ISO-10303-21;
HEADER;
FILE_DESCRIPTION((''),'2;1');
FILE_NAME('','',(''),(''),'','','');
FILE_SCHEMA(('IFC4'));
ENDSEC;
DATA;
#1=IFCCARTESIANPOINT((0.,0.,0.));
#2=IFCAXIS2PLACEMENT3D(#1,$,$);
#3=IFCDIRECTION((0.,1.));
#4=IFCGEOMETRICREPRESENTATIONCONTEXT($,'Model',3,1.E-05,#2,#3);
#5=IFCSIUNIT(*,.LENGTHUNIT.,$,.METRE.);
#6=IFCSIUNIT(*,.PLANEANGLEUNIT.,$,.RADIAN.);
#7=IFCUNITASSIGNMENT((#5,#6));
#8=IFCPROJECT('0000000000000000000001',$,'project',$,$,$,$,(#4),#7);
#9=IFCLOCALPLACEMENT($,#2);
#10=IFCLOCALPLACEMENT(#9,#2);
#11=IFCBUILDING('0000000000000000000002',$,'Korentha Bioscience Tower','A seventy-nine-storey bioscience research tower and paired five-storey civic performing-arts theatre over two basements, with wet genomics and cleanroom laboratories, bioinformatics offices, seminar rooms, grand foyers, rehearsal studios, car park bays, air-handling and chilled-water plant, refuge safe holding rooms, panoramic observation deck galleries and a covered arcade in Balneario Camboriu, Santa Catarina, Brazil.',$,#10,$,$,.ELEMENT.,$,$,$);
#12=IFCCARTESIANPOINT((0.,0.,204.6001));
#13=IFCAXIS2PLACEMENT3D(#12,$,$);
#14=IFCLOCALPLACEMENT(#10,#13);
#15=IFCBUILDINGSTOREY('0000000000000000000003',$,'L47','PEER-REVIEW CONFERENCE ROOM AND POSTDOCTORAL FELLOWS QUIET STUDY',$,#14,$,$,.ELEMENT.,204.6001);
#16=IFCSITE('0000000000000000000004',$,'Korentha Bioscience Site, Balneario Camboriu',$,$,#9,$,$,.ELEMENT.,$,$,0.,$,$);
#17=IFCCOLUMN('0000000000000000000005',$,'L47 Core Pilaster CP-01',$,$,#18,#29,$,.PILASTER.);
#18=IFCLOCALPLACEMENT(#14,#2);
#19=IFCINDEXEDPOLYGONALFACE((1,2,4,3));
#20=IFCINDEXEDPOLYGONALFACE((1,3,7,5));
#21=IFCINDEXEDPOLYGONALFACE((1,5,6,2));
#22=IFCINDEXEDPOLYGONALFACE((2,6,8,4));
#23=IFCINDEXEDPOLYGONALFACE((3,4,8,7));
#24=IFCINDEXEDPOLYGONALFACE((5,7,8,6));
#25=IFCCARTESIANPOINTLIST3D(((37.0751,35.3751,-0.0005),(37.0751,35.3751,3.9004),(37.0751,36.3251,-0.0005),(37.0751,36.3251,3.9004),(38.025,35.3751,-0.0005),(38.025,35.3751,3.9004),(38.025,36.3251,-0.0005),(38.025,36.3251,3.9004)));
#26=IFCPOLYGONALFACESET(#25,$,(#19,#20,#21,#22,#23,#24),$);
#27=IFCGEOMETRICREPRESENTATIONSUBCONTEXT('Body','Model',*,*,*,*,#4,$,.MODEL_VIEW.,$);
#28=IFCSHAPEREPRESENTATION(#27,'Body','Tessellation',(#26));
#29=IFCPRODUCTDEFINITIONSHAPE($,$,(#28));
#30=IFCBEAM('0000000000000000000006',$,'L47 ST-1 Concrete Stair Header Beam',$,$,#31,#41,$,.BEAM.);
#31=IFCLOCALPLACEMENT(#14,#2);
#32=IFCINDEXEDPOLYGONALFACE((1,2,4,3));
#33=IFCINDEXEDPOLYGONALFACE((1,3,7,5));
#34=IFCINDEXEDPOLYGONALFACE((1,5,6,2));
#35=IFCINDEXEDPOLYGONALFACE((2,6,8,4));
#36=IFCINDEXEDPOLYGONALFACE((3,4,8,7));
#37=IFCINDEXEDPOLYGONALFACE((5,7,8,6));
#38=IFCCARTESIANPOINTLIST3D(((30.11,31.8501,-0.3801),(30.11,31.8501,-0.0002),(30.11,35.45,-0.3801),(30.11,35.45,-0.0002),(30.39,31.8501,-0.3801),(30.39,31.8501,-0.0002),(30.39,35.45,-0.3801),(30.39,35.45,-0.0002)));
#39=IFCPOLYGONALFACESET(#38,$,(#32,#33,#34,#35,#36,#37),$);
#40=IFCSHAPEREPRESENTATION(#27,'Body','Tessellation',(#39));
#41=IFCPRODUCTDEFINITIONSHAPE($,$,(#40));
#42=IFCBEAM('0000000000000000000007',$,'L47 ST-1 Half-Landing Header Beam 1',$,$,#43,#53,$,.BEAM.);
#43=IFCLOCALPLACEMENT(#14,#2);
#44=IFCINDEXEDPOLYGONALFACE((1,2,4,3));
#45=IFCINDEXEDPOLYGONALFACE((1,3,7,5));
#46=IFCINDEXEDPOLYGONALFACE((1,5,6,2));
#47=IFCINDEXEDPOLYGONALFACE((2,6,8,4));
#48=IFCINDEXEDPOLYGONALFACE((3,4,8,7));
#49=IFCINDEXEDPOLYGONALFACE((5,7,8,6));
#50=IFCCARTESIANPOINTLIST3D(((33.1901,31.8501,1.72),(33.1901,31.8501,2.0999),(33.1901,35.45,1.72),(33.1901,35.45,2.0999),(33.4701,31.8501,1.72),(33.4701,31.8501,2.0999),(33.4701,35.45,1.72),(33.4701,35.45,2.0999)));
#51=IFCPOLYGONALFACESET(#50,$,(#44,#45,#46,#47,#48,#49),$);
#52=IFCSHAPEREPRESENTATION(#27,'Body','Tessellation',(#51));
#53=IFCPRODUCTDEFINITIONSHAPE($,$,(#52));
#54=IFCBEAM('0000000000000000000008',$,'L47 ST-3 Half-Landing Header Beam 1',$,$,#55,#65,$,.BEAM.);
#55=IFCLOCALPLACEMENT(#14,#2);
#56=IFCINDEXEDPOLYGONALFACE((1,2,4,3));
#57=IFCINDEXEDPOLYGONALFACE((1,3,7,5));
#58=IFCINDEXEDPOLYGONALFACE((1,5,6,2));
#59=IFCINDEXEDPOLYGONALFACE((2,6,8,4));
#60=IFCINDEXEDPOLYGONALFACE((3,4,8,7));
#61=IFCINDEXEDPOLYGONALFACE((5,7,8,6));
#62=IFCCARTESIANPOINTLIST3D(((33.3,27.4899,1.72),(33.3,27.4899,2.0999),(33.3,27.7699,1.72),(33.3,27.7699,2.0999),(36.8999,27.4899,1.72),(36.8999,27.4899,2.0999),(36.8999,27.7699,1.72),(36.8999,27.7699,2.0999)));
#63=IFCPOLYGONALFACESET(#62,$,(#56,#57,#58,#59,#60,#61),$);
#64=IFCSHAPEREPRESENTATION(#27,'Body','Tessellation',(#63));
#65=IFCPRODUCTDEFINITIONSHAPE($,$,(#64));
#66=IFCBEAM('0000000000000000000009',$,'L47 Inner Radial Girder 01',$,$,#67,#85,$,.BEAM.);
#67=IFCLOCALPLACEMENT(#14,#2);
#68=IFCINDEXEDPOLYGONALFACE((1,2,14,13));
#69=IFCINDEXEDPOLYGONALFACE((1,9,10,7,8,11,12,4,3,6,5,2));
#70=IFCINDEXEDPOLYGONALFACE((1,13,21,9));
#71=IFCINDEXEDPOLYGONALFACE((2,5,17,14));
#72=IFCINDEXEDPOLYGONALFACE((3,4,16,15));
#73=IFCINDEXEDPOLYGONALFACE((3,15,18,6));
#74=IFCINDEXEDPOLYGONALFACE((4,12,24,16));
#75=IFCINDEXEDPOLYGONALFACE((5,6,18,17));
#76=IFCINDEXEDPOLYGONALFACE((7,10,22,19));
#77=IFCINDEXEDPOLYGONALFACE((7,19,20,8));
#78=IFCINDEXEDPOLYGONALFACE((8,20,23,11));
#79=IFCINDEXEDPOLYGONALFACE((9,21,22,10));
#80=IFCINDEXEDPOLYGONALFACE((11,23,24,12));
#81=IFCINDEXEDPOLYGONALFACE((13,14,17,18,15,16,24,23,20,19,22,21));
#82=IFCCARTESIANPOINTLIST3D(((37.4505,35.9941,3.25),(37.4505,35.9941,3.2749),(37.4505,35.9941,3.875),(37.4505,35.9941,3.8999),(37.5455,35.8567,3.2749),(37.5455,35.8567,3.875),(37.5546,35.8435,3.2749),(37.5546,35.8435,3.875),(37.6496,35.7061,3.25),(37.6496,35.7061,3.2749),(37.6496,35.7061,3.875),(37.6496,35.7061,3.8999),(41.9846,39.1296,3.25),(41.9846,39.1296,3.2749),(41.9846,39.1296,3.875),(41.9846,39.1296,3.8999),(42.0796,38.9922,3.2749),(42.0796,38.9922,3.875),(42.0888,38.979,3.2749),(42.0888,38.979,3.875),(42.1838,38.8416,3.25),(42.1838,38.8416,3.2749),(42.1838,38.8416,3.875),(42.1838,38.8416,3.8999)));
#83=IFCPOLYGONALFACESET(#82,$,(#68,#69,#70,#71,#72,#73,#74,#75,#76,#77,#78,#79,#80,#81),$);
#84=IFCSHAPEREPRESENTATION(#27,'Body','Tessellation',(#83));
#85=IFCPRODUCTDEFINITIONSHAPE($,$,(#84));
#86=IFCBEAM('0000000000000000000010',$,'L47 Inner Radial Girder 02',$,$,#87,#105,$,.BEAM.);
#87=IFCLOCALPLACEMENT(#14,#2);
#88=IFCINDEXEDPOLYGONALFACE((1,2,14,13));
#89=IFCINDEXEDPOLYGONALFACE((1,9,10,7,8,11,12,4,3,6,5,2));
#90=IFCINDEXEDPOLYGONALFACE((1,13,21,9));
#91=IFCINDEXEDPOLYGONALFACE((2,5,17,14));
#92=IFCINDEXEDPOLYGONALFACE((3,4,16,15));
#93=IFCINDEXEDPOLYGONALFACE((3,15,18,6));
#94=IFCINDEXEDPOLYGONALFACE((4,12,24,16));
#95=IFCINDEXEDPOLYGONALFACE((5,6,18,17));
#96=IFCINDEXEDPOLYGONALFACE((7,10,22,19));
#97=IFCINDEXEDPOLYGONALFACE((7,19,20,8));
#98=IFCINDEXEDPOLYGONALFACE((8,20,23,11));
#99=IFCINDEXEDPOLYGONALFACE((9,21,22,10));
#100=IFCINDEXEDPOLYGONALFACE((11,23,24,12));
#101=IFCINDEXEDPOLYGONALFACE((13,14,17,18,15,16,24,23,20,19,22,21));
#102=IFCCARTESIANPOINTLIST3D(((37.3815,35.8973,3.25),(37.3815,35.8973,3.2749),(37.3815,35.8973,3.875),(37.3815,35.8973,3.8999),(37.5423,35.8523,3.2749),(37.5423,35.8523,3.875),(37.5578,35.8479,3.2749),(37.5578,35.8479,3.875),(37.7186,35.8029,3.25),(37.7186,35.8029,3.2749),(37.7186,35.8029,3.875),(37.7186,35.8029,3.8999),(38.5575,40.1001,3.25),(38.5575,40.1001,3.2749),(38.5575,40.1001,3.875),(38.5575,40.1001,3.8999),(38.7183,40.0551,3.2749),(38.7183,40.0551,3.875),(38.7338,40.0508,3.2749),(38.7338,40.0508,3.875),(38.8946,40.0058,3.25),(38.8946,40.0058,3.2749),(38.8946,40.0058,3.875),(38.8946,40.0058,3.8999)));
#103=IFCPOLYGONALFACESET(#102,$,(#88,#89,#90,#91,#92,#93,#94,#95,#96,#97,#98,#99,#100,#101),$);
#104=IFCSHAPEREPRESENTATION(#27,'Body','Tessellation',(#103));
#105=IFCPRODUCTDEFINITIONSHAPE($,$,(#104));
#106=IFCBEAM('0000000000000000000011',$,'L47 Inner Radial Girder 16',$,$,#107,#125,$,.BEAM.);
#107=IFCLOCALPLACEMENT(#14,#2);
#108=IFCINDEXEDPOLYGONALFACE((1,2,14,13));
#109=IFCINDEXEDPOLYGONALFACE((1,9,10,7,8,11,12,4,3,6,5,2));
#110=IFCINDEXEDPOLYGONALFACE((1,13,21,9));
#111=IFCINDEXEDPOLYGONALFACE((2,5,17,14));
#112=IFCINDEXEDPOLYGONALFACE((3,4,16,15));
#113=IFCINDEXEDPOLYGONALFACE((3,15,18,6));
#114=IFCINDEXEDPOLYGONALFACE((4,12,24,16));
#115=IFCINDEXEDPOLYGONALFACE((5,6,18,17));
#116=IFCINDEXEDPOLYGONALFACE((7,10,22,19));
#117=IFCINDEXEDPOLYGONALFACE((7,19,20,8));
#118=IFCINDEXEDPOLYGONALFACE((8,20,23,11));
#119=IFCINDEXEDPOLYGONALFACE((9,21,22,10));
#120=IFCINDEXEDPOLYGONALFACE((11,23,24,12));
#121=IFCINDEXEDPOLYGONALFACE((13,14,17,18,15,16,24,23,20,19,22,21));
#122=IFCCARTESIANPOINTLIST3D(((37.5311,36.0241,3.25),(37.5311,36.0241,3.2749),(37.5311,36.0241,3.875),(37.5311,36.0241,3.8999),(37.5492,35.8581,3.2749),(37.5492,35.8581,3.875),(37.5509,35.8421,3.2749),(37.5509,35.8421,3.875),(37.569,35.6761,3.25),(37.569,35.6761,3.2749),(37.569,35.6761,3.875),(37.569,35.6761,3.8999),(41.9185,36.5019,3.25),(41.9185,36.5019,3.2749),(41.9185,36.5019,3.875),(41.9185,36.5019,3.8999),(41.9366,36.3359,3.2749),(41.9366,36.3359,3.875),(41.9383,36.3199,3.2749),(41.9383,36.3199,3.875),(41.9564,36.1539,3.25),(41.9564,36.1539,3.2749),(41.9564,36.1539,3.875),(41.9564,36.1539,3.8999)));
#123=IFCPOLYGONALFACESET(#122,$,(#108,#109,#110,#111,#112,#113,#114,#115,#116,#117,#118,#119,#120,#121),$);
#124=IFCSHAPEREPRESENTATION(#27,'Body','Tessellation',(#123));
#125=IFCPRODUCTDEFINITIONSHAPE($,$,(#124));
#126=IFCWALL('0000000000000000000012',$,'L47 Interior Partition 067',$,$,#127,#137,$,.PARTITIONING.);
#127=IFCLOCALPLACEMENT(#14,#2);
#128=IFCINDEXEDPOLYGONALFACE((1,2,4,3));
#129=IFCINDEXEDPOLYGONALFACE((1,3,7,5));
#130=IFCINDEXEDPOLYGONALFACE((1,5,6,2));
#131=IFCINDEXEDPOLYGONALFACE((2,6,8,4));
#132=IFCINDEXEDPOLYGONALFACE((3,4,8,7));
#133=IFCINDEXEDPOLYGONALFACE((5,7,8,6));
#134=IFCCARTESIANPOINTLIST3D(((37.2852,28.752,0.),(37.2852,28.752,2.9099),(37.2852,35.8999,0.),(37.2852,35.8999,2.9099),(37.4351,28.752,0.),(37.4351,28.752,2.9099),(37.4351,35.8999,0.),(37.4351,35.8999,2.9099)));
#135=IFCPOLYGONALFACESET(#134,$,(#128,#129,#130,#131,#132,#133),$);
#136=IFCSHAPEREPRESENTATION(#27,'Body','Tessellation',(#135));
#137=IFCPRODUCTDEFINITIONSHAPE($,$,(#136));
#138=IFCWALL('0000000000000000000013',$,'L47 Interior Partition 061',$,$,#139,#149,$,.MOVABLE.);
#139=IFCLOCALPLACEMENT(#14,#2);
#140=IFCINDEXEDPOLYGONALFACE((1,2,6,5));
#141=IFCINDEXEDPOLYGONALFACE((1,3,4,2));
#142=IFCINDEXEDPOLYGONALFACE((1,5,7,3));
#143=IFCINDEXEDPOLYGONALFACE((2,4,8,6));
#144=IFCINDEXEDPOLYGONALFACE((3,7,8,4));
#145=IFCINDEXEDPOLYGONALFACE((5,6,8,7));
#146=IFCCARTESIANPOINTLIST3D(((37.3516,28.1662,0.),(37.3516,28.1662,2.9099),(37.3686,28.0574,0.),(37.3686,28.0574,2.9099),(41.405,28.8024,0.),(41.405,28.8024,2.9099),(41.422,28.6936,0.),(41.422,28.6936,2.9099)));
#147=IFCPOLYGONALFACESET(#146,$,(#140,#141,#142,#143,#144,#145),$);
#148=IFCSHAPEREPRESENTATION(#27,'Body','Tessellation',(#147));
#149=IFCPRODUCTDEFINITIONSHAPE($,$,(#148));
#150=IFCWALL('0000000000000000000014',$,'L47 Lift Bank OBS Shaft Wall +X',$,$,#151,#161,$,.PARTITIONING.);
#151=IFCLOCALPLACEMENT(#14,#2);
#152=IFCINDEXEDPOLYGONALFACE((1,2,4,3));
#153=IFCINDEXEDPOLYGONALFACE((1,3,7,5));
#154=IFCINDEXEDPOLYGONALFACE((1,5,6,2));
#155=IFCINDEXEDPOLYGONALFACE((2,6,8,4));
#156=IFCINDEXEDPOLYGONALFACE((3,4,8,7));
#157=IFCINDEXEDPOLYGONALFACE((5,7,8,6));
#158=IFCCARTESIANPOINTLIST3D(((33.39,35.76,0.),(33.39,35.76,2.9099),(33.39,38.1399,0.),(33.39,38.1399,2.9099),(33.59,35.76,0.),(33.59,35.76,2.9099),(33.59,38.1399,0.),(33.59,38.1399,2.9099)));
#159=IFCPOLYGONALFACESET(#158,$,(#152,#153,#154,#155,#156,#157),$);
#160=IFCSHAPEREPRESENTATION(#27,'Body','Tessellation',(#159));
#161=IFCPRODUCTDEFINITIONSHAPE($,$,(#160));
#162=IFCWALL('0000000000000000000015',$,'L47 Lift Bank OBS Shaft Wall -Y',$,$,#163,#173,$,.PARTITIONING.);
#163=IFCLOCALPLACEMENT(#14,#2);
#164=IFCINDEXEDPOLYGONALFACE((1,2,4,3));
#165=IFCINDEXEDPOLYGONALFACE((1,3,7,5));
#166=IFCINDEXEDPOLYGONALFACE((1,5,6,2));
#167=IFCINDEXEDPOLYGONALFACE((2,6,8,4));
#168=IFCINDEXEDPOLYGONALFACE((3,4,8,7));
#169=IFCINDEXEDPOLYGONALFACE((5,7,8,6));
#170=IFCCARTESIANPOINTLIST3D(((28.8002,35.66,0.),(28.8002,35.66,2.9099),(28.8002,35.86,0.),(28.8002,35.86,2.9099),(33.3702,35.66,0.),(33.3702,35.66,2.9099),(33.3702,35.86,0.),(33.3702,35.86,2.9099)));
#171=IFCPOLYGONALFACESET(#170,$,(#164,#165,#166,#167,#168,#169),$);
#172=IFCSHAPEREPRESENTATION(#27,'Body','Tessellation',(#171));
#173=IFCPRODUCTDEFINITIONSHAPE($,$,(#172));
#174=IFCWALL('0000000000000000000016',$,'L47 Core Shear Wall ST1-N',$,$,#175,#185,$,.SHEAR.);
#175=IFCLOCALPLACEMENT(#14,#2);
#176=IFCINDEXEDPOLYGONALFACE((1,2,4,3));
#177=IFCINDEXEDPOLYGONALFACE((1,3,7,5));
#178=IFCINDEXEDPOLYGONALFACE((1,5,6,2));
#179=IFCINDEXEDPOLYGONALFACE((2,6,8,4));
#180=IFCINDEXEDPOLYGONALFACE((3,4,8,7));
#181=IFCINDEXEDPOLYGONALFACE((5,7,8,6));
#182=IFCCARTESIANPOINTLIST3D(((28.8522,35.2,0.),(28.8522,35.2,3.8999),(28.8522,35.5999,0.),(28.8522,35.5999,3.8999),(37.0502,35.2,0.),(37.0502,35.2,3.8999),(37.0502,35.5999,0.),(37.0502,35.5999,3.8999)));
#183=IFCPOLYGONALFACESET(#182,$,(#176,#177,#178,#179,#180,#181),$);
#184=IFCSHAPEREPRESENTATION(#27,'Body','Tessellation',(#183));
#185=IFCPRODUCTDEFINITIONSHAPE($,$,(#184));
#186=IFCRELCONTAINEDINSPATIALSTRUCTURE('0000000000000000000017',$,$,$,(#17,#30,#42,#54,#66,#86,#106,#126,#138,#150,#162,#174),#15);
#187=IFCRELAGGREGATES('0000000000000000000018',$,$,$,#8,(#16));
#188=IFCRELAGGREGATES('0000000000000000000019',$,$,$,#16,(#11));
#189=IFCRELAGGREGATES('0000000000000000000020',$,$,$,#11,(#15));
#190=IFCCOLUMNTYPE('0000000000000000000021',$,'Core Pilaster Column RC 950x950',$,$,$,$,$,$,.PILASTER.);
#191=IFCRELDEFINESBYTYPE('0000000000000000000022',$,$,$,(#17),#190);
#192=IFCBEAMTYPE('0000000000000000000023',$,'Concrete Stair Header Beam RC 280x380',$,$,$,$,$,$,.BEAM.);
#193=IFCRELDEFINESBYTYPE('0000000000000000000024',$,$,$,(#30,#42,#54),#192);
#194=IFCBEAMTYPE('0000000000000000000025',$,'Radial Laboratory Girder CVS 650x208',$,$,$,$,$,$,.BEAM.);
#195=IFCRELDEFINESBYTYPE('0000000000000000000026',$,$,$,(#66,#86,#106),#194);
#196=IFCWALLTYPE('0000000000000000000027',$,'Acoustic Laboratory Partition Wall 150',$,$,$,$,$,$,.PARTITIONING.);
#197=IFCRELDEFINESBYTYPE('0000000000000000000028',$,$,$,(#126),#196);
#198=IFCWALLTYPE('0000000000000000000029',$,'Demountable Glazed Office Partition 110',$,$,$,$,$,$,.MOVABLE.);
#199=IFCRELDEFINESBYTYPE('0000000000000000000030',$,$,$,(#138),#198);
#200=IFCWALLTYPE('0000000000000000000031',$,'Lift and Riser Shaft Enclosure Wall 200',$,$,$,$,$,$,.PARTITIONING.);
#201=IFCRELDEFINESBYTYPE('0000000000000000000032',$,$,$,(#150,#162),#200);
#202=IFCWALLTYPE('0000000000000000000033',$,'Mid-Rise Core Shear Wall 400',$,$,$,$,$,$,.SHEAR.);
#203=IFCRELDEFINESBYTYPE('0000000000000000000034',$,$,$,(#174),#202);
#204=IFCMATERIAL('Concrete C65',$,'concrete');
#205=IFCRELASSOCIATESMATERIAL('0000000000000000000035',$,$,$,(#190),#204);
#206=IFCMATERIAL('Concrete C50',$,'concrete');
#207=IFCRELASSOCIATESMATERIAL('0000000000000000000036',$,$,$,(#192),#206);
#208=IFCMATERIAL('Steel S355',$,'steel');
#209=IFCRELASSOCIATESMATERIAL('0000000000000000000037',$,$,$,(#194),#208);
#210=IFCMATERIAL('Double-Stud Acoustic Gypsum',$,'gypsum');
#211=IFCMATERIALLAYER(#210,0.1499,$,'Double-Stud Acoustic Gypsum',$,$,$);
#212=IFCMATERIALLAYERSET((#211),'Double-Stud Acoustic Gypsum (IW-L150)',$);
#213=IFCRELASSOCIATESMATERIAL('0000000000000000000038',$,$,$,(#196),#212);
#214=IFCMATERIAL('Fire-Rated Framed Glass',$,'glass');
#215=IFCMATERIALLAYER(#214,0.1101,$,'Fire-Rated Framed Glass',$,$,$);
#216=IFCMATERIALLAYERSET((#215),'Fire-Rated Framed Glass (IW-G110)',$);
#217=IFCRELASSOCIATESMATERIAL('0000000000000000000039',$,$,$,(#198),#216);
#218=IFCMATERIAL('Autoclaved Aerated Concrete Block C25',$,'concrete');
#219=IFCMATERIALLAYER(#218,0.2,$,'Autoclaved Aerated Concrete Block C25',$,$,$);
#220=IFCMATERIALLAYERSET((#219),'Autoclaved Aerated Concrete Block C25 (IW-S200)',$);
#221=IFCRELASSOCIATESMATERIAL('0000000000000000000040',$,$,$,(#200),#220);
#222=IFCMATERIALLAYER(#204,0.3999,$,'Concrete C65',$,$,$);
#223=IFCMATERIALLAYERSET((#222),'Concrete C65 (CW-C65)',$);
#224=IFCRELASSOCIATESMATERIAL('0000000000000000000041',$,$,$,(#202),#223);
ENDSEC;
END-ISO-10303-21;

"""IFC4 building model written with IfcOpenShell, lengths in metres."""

from ifc_helpers import new_model, si_unit, direction, frame, frame_2d, origin, origin_2d, place, context, subcontext, project, spatial, rectangle, i_section, extrude, material, layer, layer_set, material_profile, profile_set, type_object, element, save


model = new_model("IFC4")

# Units and contexts
model_context = context("Model", 3, precision=1e-05, world=origin(), true_north=direction((0.0, 1.0)))
body_context = subcontext(model_context, "Body", "Model", "MODEL_VIEW")
ifc_project = project(units=[si_unit("LENGTHUNIT", "METRE"), si_unit("PLANEANGLEUNIT", "RADIAN")], contexts=[model_context])

# Site, building, storey
site_placement = place(None, origin())
site = spatial("IfcSite", under=ifc_project, at=site_placement, Name="Korentha Bioscience Site, Balneario Camboriu", CompositionType="ELEMENT", RefElevation=0.0)
building_placement = place(site_placement, origin())
building = spatial("IfcBuilding", under=site, at=building_placement, Name="Korentha Bioscience Tower", Description="A seventy-nine-storey bioscience research tower and paired five-storey civic performing-arts theatre over two basements, with wet genomics and cleanroom laboratories, bioinformatics offices, seminar rooms, grand foyers, rehearsal studios, car park bays, air-handling and chilled-water plant, refuge safe holding rooms, panoramic observation deck galleries and a covered arcade in Balneario Camboriu, Santa Catarina, Brazil.", CompositionType="ELEMENT")
storey_placement = place(building_placement, frame((0.0, 0.0, 204.6001)))
storey = spatial("IfcBuildingStorey", under=building, at=storey_placement, Name="L47", Description="PEER-REVIEW CONFERENCE ROOM AND POSTDOCTORAL FELLOWS QUIET STUDY", CompositionType="ELEMENT", Elevation=204.6001)

# Column
ifc_material_1 = material(Name="Concrete C65", Category="concrete")
ifc_material_profile_1 = material_profile(ifc_material_1, rectangle(XDim=0.95, YDim=0.95, at=origin_2d()), Name="Concrete C65")
ifc_profile_set_1 = profile_set([ifc_material_profile_1], Name="Concrete C65 (COL-CP09)")
column_type = type_object("IfcColumnType", Name="Core Pilaster Column RC 950x950", PredefinedType="PILASTER", material=ifc_profile_set_1)
column_placement = place(storey_placement, frame((37.55, 35.8501, -0.0005), z_axis=(0.0, 0.0, 1.0), x_axis=(1.0, 0.0, 0.0)))
element("IfcColumn", 1, at=column_placement, inside=storey, type_object=column_type, Name="L47 Core Pilaster CP-01", PredefinedType="PILASTER", context=body_context, shape_type="SweptSolid", body=[
    extrude(rectangle(XDim=0.95, YDim=0.95, at=origin_2d()), origin(), (0.0, 0.0, 1.0), 3.9009),
])

# Beams
ifc_material_2 = material(Name="Concrete C50", Category="concrete")
ifc_material_profile_2 = material_profile(ifc_material_2, rectangle(XDim=0.28, YDim=0.3799, at=origin_2d()), Name="Concrete C50")
ifc_profile_set_2 = profile_set([ifc_material_profile_2], Name="Concrete C50 (ST-HB380)")
beam_type_1 = type_object("IfcBeamType", Name="Concrete Stair Header Beam RC 280x380", PredefinedType="BEAM", material=ifc_profile_set_2)
for number, where, z_axis, x_axis, name in (
    (2, (30.25, 31.8501, -0.1902), (0.0, 1.0, 0.0), (-1.0, 0.0, 0.0), "L47 ST-1 Concrete Stair Header Beam"),
    (3, (33.3301, 31.8501, 1.9099), (0.0, 1.0, 0.0), (-1.0, 0.0, 0.0), "L47 ST-1 Half-Landing Header Beam 1"),
    (4, (36.8999, 27.6299, 1.9099), (-1.0, 0.0, 0.0), (0.0, -1.0, 0.0), "L47 ST-3 Half-Landing Header Beam 1"),
):
    element("IfcBeam", number, at=place(storey_placement, frame(where, z_axis=z_axis, x_axis=x_axis)), inside=storey, type_object=beam_type_1, Name=name, PredefinedType="BEAM", context=body_context, shape_type="SweptSolid", body=[
        extrude(rectangle(XDim=0.28, YDim=0.3799, at=origin_2d()), origin(), (0.0, 0.0, 1.0), 3.5999),
    ])
ifc_material_3 = material(Name="Steel S355", Category="steel")
ifc_material_profile_3 = material_profile(ifc_material_3, i_section(OverallWidth=0.3501, OverallDepth=0.6499, WebThickness=0.0161, FlangeThickness=0.0249, at=origin_2d()), Name="Steel S355")
ifc_profile_set_3 = profile_set([ifc_material_profile_3], Name="Steel S355 (RB-650)")
beam_type_2 = type_object("IfcBeamType", Name="Radial Laboratory Girder CVS 650x208", PredefinedType="BEAM", material=ifc_profile_set_3)
beam_1_placement = place(storey_placement, frame((37.55, 35.8501, 3.575), z_axis=(0.822493, 0.568775, 0.0), x_axis=(-0.568775, 0.822493, 0.0)))
element("IfcBeam", 5, at=beam_1_placement, inside=storey, type_object=beam_type_2, Name="L47 Inner Radial Girder 01", PredefinedType="BEAM", context=body_context, shape_type="SweptSolid", body=[
    extrude(i_section(OverallWidth=0.3501, OverallDepth=0.6499, WebThickness=0.0161, FlangeThickness=0.0249, at=origin_2d()), origin(), (0.0, 0.0, 1.0), 5.5127),
])
beam_2_placement = place(storey_placement, frame((37.55, 35.8501, 3.575), z_axis=(0.269464, 0.96301, 0.0), x_axis=(-0.96301, 0.269464, 0.0)))
element("IfcBeam", 6, at=beam_2_placement, inside=storey, type_object=beam_type_2, Name="L47 Inner Radial Girder 02", PredefinedType="BEAM", context=body_context, shape_type="SweptSolid", body=[
    extrude(i_section(OverallWidth=0.3501, OverallDepth=0.6499, WebThickness=0.0161, FlangeThickness=0.0249, at=origin_2d()), origin(), (0.0, 0.0, 1.0), 4.3643),
])
beam_3_placement = place(storey_placement, frame((37.55, 35.8501, 3.575), z_axis=(0.994123, 0.108258, 0.0), x_axis=(-0.108258, 0.994123, 0.0)))
element("IfcBeam", 7, at=beam_3_placement, inside=storey, type_object=beam_type_2, Name="L47 Inner Radial Girder 16", PredefinedType="BEAM", context=body_context, shape_type="SweptSolid", body=[
    extrude(i_section(OverallWidth=0.3501, OverallDepth=0.6499, WebThickness=0.0161, FlangeThickness=0.0249, at=origin_2d()), origin(), (0.0, 0.0, 1.0), 4.4133),
])

# Walls
ifc_material_4 = material(Name="Double-Stud Acoustic Gypsum", Category="gypsum")
ifc_layer_1 = layer(ifc_material_4, 0.1499, Name="Double-Stud Acoustic Gypsum")
ifc_layer_set_1 = layer_set([ifc_layer_1], Name="Double-Stud Acoustic Gypsum (IW-L150)")
wall_type_1 = type_object("IfcWallType", Name="Acoustic Laboratory Partition Wall 150", PredefinedType="PARTITIONING", material=ifc_layer_set_1)
wall_1_placement = place(storey_placement, frame((37.3601, 28.752, 0.0), z_axis=(0.0, 0.0, 1.0), x_axis=(0.0, 1.0, 0.0)))
element("IfcWall", 8, at=wall_1_placement, inside=storey, type_object=wall_type_1, Name="L47 Interior Partition 067", PredefinedType="PARTITIONING", context=body_context, shape_type="SweptSolid", body=[
    extrude(rectangle(XDim=7.1479, YDim=0.1499, at=frame_2d((3.574, 0.0))), origin(), (0.0, 0.0, 1.0), 2.9099),
])
ifc_material_5 = material(Name="Fire-Rated Framed Glass", Category="glass")
ifc_layer_2 = layer(ifc_material_5, 0.1101, Name="Fire-Rated Framed Glass")
ifc_layer_set_2 = layer_set([ifc_layer_2], Name="Fire-Rated Framed Glass (IW-G110)")
wall_type_2 = type_object("IfcWallType", Name="Demountable Glazed Office Partition 110", PredefinedType="MOVABLE", material=ifc_layer_set_2)
wall_2_placement = place(storey_placement, frame((37.3601, 28.1118, 0.0), z_axis=(0.0, 0.0, 1.0), x_axis=(0.987905, 0.155061, 0.0)))
element("IfcWall", 9, at=wall_2_placement, inside=storey, type_object=wall_type_2, Name="L47 Interior Partition 061", PredefinedType="MOVABLE", context=body_context, shape_type="SweptSolid", body=[
    extrude(rectangle(XDim=4.103, YDim=0.1101, at=frame_2d((2.0515, 0.0))), origin(), (0.0, 0.0, 1.0), 2.9099),
])
ifc_material_6 = material(Name="Autoclaved Aerated Concrete Block C25", Category="concrete")
ifc_layer_3 = layer(ifc_material_6, 0.2, Name="Autoclaved Aerated Concrete Block C25")
ifc_layer_set_3 = layer_set([ifc_layer_3], Name="Autoclaved Aerated Concrete Block C25 (IW-S200)")
wall_type_3 = type_object("IfcWallType", Name="Lift and Riser Shaft Enclosure Wall 200", PredefinedType="PARTITIONING", material=ifc_layer_set_3)
wall_3_placement = place(storey_placement, frame((33.49, 35.76, 0.0), z_axis=(0.0, 0.0, 1.0), x_axis=(0.0, 1.0, 0.0)))
element("IfcWall", 10, at=wall_3_placement, inside=storey, type_object=wall_type_3, Name="L47 Lift Bank OBS Shaft Wall +X", PredefinedType="PARTITIONING", context=body_context, shape_type="SweptSolid", body=[
    extrude(rectangle(XDim=2.3799, YDim=0.2, at=frame_2d((1.1899, 0.0))), origin(), (0.0, 0.0, 1.0), 2.9099),
])
wall_4_placement = place(storey_placement, frame((28.8, 35.76, 0.0), z_axis=(0.0, 0.0, 1.0), x_axis=(1.0, 0.0, 0.0)))
element("IfcWall", 11, at=wall_4_placement, inside=storey, type_object=wall_type_3, Name="L47 Lift Bank OBS Shaft Wall -Y", PredefinedType="PARTITIONING", context=body_context, shape_type="SweptSolid", body=[
    extrude(rectangle(XDim=4.5701, YDim=0.2, at=frame_2d((2.2852, 0.0))), origin(), (0.0, 0.0, 1.0), 2.9099),
])
ifc_layer_4 = layer(ifc_material_1, 0.3999, Name="Concrete C65")
ifc_layer_set_4 = layer_set([ifc_layer_4], Name="Concrete C65 (CW-C65)")
wall_type_4 = type_object("IfcWallType", Name="Mid-Rise Core Shear Wall 400", PredefinedType="SHEAR", material=ifc_layer_set_4)
wall_5_placement = place(storey_placement, frame((28.8521, 35.3999, 0.0), z_axis=(0.0, 0.0, 1.0), x_axis=(1.0, 0.0, 0.0)))
element("IfcWall", 12, at=wall_5_placement, inside=storey, type_object=wall_type_4, Name="L47 Core Shear Wall ST1-N", PredefinedType="SHEAR", context=body_context, shape_type="SweptSolid", body=[
    extrude(rectangle(XDim=8.198, YDim=0.3999, at=frame_2d((4.0991, 0.0))), origin(), (0.0, 0.0, 1.0), 3.8999),
])

save(model, "model.ifc")
